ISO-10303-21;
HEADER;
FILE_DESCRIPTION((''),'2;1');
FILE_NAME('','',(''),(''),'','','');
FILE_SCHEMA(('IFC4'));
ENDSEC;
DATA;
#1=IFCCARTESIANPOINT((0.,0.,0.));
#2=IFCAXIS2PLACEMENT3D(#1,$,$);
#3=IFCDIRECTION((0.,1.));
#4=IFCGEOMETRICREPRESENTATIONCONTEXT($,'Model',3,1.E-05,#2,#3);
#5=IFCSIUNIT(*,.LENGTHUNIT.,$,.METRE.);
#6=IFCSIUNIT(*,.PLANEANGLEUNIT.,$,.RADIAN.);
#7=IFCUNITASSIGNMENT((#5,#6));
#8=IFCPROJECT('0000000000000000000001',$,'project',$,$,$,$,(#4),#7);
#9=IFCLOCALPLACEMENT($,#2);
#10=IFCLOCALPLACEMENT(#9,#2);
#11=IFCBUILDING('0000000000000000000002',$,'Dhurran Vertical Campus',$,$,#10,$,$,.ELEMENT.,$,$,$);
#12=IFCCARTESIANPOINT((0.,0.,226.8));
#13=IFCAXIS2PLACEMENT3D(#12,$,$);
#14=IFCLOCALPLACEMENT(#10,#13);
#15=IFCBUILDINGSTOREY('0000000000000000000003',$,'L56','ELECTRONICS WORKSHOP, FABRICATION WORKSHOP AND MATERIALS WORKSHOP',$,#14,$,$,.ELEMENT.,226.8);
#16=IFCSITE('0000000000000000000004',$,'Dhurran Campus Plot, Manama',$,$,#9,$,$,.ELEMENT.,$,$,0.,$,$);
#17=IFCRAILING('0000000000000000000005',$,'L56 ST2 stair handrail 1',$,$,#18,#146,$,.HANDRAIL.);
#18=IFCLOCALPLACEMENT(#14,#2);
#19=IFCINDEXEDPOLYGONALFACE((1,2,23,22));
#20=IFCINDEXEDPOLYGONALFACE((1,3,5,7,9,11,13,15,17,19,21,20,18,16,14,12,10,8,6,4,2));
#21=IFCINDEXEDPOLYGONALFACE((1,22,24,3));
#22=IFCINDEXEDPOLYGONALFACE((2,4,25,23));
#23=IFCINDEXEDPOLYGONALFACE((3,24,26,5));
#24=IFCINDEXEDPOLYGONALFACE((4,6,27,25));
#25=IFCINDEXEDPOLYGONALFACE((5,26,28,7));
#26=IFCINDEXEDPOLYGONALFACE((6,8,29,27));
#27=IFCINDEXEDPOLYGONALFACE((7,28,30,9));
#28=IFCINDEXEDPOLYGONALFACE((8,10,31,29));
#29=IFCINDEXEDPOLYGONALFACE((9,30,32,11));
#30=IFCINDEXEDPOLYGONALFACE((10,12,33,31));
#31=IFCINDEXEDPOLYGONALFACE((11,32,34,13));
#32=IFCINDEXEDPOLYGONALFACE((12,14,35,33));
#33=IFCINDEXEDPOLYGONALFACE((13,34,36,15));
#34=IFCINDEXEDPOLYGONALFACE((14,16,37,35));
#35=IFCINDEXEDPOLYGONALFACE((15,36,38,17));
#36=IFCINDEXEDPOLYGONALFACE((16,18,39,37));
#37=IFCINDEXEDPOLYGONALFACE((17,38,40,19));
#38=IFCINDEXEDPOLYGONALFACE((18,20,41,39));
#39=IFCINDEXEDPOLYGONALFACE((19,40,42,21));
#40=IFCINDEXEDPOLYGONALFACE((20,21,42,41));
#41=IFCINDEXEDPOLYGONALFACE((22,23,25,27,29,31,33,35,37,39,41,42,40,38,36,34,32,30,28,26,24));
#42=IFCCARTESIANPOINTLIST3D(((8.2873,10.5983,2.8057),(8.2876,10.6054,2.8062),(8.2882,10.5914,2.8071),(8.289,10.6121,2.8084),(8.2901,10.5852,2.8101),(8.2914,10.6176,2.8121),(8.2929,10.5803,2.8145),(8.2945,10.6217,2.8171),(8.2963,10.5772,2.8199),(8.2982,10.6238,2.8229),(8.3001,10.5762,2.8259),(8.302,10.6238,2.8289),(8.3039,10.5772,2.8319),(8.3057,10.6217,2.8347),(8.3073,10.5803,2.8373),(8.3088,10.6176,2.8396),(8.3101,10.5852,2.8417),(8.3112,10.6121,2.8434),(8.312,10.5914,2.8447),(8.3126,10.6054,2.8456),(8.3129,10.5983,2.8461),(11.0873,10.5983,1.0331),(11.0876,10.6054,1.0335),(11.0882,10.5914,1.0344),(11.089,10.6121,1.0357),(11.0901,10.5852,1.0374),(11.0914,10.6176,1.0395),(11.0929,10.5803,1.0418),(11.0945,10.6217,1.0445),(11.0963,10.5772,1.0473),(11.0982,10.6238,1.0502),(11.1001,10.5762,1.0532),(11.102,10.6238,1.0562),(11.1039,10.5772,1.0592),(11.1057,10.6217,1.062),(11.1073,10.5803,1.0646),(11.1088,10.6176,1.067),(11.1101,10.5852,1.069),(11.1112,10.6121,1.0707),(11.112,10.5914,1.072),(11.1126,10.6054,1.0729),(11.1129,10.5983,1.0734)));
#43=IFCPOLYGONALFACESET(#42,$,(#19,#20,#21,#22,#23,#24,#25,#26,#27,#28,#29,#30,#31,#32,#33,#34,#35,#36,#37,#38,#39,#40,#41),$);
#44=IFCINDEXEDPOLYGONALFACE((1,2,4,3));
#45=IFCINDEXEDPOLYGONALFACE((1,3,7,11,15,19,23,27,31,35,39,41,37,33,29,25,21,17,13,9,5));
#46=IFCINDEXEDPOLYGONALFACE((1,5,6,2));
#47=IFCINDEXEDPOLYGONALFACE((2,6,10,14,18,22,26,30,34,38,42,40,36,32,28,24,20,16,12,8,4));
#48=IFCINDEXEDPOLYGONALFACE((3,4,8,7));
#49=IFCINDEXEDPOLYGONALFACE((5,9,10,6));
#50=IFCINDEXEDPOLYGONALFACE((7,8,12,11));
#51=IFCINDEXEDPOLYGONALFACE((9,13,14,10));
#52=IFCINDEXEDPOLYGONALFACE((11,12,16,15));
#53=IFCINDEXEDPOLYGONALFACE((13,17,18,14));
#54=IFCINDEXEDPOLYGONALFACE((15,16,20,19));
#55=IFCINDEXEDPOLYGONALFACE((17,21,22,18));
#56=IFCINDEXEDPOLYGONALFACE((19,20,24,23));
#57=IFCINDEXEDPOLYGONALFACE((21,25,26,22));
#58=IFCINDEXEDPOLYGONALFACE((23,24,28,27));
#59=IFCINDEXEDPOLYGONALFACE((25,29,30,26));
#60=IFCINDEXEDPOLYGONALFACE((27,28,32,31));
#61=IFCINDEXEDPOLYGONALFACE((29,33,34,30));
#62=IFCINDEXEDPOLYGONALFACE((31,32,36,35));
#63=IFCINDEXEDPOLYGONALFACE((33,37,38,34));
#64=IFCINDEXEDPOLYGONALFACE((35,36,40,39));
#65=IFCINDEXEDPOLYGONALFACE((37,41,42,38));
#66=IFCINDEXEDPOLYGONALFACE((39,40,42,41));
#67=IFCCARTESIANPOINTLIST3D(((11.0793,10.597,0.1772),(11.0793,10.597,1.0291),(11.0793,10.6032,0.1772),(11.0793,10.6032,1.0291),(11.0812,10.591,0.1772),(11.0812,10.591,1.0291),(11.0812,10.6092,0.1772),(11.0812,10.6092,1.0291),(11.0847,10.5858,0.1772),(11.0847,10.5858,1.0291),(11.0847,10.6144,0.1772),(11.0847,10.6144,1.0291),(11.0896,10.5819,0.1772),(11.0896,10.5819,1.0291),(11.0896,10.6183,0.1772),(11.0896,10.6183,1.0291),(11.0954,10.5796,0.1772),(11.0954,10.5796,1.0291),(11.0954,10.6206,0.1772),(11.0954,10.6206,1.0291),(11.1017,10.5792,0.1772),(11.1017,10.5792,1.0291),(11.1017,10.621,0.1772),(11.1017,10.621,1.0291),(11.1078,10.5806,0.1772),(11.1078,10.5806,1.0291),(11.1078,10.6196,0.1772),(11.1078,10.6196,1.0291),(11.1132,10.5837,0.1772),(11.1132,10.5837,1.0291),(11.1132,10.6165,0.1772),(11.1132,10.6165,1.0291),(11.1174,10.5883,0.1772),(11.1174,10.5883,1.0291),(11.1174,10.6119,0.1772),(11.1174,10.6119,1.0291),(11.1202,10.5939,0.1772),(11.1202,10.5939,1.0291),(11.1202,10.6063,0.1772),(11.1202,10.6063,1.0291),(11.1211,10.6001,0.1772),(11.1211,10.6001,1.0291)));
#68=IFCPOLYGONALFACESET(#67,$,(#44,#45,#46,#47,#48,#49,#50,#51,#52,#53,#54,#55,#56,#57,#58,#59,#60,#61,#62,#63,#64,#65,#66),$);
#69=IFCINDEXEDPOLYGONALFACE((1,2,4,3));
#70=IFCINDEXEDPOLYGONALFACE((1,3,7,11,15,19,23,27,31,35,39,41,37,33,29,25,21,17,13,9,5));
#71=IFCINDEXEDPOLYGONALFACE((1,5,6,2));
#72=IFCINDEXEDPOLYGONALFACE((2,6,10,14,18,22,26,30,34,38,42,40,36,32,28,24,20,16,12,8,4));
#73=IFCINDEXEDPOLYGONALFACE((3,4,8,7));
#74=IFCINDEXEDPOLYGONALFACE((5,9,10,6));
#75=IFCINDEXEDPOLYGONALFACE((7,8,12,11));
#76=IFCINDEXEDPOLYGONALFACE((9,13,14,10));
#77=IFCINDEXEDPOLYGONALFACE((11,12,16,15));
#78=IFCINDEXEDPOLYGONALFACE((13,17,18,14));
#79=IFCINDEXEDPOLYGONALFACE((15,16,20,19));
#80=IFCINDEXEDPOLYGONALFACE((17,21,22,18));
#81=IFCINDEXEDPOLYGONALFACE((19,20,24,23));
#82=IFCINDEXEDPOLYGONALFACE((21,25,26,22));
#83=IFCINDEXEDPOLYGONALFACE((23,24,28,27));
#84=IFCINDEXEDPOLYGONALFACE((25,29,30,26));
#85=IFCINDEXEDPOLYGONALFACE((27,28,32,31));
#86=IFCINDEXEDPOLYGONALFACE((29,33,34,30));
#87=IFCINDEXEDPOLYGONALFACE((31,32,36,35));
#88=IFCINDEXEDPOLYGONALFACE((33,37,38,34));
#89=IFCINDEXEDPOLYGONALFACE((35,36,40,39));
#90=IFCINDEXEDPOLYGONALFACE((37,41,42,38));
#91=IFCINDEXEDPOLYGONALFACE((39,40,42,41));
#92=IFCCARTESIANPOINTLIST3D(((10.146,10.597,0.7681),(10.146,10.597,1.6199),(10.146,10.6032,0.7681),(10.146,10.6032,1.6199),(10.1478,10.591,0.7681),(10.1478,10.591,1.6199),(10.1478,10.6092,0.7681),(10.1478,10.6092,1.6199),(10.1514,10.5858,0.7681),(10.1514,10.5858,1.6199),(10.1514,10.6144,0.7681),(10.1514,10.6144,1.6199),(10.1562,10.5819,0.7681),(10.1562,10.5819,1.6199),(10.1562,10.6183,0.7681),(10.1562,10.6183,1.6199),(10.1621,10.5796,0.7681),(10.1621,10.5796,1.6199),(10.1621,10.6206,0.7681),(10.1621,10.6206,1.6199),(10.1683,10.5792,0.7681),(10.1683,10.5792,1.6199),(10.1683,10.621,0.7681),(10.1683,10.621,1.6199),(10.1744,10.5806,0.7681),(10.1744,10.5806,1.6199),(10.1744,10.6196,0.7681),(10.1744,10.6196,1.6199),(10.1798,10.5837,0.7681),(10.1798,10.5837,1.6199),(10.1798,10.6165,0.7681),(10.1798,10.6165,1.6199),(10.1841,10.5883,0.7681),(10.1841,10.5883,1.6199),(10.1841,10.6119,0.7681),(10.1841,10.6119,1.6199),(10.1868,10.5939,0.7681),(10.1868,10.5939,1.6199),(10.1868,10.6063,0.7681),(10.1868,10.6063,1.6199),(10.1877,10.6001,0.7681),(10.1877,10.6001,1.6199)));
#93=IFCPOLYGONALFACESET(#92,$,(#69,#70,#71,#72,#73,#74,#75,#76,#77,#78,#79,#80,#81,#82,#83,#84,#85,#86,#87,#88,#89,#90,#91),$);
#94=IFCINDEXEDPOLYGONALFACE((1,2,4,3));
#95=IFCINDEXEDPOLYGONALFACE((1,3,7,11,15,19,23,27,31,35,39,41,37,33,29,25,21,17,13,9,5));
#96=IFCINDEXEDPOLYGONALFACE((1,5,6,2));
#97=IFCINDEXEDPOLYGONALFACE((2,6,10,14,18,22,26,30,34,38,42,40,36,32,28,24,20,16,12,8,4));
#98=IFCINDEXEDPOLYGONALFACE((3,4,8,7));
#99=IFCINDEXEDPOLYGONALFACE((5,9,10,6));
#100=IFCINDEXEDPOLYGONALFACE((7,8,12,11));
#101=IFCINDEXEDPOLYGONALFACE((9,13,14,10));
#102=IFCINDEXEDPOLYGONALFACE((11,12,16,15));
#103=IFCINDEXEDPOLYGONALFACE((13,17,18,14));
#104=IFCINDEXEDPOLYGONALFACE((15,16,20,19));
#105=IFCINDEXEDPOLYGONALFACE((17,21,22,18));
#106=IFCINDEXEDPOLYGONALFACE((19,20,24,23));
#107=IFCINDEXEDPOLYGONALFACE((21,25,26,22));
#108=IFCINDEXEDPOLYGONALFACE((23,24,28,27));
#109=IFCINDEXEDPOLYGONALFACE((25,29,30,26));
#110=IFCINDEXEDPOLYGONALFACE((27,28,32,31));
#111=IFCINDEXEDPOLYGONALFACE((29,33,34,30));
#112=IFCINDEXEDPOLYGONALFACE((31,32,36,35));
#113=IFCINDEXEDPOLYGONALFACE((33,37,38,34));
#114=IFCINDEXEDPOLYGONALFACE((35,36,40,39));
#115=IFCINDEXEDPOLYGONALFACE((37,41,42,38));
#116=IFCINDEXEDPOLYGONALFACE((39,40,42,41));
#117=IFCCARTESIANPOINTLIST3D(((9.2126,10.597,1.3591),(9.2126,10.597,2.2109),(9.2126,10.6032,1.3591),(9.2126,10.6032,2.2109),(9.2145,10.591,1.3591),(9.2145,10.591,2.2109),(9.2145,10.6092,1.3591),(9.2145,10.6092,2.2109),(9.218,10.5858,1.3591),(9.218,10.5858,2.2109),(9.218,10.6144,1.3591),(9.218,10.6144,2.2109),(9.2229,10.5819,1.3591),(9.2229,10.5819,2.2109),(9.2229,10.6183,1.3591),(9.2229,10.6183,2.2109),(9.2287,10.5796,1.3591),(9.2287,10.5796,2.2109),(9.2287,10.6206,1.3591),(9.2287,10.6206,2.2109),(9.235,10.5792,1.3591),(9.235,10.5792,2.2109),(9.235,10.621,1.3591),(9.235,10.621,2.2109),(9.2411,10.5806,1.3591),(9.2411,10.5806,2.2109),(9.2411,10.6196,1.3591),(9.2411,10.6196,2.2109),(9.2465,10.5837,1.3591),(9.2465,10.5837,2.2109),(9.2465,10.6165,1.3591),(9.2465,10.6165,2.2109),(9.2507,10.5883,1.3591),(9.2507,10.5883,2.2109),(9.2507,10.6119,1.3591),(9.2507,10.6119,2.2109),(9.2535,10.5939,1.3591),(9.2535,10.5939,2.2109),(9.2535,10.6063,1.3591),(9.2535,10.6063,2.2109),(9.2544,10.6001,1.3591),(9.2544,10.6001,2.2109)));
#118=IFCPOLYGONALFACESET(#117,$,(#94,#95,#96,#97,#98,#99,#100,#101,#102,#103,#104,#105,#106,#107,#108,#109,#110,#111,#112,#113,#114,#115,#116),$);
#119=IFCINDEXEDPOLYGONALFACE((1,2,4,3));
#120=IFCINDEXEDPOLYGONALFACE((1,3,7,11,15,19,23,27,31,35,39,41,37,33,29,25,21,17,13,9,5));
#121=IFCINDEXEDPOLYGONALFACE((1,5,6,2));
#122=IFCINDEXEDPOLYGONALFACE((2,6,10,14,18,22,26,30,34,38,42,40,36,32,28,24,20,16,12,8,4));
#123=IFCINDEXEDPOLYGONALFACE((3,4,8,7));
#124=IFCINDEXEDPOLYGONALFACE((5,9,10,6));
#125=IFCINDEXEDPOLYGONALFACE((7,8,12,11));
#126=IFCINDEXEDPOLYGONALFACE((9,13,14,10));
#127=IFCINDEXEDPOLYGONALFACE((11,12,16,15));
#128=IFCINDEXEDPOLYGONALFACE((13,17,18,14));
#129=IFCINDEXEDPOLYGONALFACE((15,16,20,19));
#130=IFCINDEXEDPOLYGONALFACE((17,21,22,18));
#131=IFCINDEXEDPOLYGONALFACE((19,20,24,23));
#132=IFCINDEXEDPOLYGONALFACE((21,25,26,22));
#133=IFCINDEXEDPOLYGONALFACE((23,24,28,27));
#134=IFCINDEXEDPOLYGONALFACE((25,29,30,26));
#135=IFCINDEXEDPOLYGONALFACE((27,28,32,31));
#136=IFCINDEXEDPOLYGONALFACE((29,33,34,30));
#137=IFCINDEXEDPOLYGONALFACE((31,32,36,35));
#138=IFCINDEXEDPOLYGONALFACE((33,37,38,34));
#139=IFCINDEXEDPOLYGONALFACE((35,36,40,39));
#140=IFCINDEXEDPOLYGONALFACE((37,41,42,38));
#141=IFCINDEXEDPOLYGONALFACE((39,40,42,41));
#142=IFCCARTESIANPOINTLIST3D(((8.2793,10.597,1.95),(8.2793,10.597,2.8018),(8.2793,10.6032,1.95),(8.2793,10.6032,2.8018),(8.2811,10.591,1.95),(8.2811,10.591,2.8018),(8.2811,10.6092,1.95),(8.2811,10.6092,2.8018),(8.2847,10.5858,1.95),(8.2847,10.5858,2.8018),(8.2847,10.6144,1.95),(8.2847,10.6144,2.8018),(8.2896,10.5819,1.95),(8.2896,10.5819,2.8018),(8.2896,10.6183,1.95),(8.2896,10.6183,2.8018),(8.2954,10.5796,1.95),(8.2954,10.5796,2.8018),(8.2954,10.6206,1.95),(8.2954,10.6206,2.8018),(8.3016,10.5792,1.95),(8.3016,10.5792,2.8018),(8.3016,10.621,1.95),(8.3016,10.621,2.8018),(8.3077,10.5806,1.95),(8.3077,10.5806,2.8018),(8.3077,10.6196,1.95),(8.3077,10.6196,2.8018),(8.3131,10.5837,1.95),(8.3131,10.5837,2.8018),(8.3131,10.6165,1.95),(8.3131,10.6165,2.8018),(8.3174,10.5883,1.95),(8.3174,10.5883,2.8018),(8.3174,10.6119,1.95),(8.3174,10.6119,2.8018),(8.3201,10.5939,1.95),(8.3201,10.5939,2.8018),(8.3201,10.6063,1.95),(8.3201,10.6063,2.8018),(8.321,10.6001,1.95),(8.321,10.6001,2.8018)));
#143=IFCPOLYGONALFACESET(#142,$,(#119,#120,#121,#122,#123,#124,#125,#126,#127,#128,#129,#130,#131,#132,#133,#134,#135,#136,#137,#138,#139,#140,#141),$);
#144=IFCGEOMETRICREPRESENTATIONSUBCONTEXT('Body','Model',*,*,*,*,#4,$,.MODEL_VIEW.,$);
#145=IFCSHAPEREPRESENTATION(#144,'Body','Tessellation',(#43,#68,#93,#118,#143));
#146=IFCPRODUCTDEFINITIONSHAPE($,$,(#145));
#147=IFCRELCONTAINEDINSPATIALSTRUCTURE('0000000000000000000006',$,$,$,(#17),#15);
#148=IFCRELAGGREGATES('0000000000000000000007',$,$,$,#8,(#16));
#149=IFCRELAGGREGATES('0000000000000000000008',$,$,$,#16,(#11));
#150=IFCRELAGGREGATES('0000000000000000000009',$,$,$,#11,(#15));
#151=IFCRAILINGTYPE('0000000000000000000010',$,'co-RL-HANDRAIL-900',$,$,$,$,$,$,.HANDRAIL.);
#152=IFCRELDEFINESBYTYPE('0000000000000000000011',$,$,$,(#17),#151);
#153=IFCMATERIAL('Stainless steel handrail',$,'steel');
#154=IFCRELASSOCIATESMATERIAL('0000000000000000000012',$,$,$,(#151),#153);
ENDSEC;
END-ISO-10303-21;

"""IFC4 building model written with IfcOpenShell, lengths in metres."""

from ifc_helpers import new_model, si_unit, direction, frame, origin, origin_2d, place, context, subcontext, project, spatial, circle, extrude, material, type_object, element, save


model = new_model("IFC4")

# Units and contexts
model_context = context("Model", 3, precision=1e-05, world=origin(), true_north=direction((0.0, 1.0)))
body_context = subcontext(model_context, "Body", "Model", "MODEL_VIEW")
ifc_project = project(units=[si_unit("LENGTHUNIT", "METRE"), si_unit("PLANEANGLEUNIT", "RADIAN")], contexts=[model_context])

# Site, building, storey
site_placement = place(None, origin())
site = spatial("IfcSite", under=ifc_project, at=site_placement, Name="Dhurran Campus Plot, Manama", CompositionType="ELEMENT", RefElevation=0.0)
building_placement = place(site_placement, origin())
building = spatial("IfcBuilding", under=site, at=building_placement, Name="Dhurran Vertical Campus", CompositionType="ELEMENT")
storey_placement = place(building_placement, frame((0.0, 0.0, 226.8)))
storey = spatial("IfcBuildingStorey", under=building, at=storey_placement, Name="L56", Description="ELECTRONICS WORKSHOP, FABRICATION WORKSHOP AND MATERIALS WORKSHOP", CompositionType="ELEMENT", Elevation=226.8)

# Railing
ifc_material_1 = material(Name="Stainless steel handrail", Category="steel")
railing_type_1 = type_object("IfcRailingType", Name="co-RL-HANDRAIL-900", PredefinedType="HANDRAIL", material=ifc_material_1)
railing_1_placement = place(storey_placement, frame((11.1001, 10.6001, 0.1772)))
element("IfcRailing", 1, at=railing_1_placement, inside=storey, type_object=railing_type_1, Name="L56 ST2 stair handrail 1", PredefinedType="HANDRAIL", context=body_context, shape_type="SweptSolid", body=[
    extrude(circle(Radius=0.0239, at=origin_2d()), frame((0.0, 0.0, 0.876), z_axis=(-0.844909, 0.0, 0.53491), x_axis=(0.0, -1.0, 0.0)), (0.0, 0.0, 1.0), 3.314),
    extrude(circle(Radius=0.021, at=origin_2d()), origin(), (0.0, 0.0, 1.0), 0.8518),
    extrude(circle(Radius=0.021, at=origin_2d()), frame((-0.9333, 0.0, 0.5908)), (0.0, 0.0, 1.0), 0.8518),
    extrude(circle(Radius=0.021, at=origin_2d()), frame((-1.8667, 0.0, 1.1819)), (0.0, 0.0, 1.0), 0.8518),
    extrude(circle(Radius=0.021, at=origin_2d()), frame((-2.8, 0.0, 1.7727)), (0.0, 0.0, 1.0), 0.8518),
])

save(model, "model.ifc")
